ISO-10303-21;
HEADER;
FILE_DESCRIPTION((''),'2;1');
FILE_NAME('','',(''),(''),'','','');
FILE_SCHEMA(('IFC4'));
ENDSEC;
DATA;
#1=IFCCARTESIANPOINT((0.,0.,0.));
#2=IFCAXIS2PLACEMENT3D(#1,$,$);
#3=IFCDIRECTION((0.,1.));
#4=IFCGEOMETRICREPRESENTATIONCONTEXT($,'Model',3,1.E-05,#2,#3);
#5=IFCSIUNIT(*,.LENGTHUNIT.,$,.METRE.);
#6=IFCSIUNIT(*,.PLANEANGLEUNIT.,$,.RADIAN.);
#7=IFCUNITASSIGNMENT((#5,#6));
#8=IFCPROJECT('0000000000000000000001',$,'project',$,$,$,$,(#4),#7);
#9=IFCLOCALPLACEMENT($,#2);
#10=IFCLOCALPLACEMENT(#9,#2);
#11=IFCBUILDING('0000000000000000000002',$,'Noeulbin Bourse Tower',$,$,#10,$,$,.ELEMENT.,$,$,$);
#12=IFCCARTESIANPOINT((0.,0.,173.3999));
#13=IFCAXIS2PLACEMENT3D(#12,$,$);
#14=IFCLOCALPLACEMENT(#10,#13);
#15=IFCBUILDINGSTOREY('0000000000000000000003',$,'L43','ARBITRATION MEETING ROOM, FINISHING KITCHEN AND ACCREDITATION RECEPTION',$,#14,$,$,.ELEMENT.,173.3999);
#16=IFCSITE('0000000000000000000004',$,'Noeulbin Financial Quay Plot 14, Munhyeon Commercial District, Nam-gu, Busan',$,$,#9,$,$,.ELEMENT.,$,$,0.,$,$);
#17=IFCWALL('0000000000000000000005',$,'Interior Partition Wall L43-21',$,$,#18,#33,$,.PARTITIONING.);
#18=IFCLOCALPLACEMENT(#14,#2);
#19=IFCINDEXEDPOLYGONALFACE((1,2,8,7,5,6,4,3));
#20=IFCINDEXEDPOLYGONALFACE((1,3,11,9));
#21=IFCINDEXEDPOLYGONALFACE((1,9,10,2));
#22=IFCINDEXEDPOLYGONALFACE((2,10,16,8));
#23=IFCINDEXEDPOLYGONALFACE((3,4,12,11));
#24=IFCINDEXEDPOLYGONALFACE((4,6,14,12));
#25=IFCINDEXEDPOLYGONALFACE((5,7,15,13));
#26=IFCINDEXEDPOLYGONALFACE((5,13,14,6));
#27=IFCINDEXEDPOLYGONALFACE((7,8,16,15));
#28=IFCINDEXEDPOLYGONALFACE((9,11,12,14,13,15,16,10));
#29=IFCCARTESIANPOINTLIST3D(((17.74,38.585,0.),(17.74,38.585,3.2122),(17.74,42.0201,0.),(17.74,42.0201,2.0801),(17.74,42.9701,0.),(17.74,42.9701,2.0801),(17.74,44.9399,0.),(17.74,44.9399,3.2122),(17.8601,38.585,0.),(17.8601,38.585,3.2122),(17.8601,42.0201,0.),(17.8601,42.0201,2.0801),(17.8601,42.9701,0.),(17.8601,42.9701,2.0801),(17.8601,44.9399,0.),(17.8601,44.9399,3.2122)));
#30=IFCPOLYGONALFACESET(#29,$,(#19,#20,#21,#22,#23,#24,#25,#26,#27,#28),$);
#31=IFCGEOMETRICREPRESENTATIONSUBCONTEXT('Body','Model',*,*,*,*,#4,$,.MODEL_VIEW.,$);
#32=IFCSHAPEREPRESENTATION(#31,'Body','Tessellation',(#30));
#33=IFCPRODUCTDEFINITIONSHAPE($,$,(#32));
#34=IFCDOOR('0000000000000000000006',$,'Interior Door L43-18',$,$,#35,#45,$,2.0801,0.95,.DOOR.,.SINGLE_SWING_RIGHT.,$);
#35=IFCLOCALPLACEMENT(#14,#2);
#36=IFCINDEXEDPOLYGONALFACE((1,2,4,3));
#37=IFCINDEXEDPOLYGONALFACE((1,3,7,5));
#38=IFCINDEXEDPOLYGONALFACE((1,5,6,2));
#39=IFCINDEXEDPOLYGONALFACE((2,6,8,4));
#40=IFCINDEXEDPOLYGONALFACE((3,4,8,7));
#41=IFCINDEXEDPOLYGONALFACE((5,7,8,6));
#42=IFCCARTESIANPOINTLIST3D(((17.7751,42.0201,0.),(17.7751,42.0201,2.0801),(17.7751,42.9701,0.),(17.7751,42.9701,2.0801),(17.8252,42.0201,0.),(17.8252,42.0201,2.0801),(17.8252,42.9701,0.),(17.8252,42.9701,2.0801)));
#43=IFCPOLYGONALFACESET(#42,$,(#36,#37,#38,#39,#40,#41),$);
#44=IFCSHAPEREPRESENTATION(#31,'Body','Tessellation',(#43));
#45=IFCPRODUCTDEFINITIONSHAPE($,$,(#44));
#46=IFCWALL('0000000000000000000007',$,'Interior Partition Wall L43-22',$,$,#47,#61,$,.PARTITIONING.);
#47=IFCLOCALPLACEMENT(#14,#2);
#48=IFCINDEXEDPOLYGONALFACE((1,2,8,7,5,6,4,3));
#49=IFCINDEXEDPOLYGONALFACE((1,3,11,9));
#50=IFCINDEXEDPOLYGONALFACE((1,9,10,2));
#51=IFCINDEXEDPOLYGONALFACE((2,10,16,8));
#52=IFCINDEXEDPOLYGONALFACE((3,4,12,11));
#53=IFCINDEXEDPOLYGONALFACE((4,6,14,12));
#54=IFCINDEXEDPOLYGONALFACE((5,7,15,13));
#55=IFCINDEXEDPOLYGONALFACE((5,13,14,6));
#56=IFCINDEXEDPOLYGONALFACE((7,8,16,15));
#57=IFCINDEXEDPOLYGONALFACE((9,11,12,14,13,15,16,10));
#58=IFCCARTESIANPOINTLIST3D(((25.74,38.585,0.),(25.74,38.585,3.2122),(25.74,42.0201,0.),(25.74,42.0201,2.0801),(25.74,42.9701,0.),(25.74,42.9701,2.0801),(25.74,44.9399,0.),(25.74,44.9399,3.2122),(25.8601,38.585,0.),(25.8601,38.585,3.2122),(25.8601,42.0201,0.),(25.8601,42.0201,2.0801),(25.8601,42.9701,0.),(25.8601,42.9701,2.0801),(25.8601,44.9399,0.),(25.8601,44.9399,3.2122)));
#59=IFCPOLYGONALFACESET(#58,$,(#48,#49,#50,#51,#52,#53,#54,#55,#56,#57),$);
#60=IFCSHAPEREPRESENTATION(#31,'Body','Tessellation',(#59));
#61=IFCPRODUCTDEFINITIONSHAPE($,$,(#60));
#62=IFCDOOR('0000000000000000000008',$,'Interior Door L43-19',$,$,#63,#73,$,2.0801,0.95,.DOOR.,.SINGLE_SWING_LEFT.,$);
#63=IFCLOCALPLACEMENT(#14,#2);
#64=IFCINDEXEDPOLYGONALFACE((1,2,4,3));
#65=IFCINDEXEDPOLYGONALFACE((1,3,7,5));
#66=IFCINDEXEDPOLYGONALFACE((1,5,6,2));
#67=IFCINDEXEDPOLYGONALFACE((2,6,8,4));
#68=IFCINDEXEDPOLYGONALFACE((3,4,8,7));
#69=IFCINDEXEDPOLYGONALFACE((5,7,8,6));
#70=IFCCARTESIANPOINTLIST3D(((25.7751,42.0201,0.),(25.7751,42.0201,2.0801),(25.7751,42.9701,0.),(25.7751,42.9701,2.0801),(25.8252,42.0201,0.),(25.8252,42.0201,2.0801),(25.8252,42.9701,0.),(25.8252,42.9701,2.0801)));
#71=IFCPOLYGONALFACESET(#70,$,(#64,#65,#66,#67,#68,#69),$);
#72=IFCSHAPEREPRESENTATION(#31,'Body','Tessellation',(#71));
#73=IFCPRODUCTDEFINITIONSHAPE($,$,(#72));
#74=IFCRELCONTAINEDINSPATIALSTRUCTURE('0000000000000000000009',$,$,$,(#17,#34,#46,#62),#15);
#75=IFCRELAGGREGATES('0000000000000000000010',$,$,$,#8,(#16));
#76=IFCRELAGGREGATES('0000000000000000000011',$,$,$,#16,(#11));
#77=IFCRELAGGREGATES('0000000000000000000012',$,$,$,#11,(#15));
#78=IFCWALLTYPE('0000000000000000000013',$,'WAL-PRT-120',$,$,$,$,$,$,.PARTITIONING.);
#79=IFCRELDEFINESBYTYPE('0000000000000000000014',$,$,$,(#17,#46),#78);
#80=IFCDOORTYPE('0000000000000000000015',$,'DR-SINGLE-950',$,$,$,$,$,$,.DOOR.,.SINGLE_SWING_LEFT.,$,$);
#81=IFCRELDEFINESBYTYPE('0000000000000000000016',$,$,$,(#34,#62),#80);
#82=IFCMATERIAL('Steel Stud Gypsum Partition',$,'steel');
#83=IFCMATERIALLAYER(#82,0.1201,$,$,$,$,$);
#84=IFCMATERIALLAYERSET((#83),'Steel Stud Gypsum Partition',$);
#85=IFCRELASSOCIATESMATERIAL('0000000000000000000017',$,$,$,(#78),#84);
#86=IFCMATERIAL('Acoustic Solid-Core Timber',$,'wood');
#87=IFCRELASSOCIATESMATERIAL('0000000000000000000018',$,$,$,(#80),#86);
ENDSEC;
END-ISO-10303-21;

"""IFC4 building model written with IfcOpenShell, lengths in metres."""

from ifc_helpers import new_model, si_unit, direction, frame, frame_2d, origin, place, context, subcontext, project, spatial, rectangle, extrude, material, layer, layer_set, type_object, element, fill, save


model = new_model("IFC4")

# Units and contexts
model_context = context("Model", 3, precision=1e-05, world=origin(), true_north=direction((0.0, 1.0)))
body_context = subcontext(model_context, "Body", "Model", "MODEL_VIEW")
ifc_project = project(units=[si_unit("LENGTHUNIT", "METRE"), si_unit("PLANEANGLEUNIT", "RADIAN")], contexts=[model_context])

# Site, building, storey
site_placement = place(None, origin())
site = spatial("IfcSite", under=ifc_project, at=site_placement, Name="Noeulbin Financial Quay Plot 14, Munhyeon Commercial District, Nam-gu, Busan", CompositionType="ELEMENT", RefElevation=0.0)
building_placement = place(site_placement, origin())
building = spatial("IfcBuilding", under=site, at=building_placement, Name="Noeulbin Bourse Tower", CompositionType="ELEMENT")
storey_placement = place(building_placement, frame((0.0, 0.0, 173.3999)))
storey = spatial("IfcBuildingStorey", under=building, at=storey_placement, Name="L43", Description="ARBITRATION MEETING ROOM, FINISHING KITCHEN AND ACCREDITATION RECEPTION", CompositionType="ELEMENT", Elevation=173.3999)

# Walls, openings, doors
ifc_material_1 = material(Name="Steel Stud Gypsum Partition", Category="steel")
ifc_layer_1 = layer(ifc_material_1, 0.1201)
ifc_layer_set_1 = layer_set([ifc_layer_1], Name="Steel Stud Gypsum Partition")
wall_type = type_object("IfcWallType", Name="WAL-PRT-120", PredefinedType="PARTITIONING", material=ifc_layer_set_1)
wall_1_placement = place(storey_placement, frame((17.8, 38.585, 0.0), z_axis=(0.0, 0.0, 1.0), x_axis=(0.0, 1.0, 0.0)))
wall_1 = element("IfcWall", 1, at=wall_1_placement, inside=storey, type_object=wall_type, Name="Interior Partition Wall L43-21", PredefinedType="PARTITIONING", context=body_context, shape_type="SweptSolid", body=[
    extrude(rectangle(XDim=6.355, YDim=0.1201, at=frame_2d((3.1775, 0.0))), origin(), (0.0, 0.0, 1.0), 3.2122),
])
opening_1_placement = place(wall_1_placement, frame((3.4351, 0.0, 0.0)))
opening_1 = element("IfcOpeningElement", 2, at=opening_1_placement, cuts=wall_1, PredefinedType="OPENING", context=body_context, shape_type="SweptSolid", body=[
    extrude(rectangle(XDim=0.95, YDim=2.0801, at=frame_2d((0.4751, 1.04))), frame((0.0, 0.0701, 0.0), z_axis=(0.0, -1.0, 0.0), x_axis=(1.0, 0.0, 0.0)), (0.0, 0.0, 1.0), 0.1401),
])
ifc_material_2 = material(Name="Acoustic Solid-Core Timber", Category="wood")
door_type = type_object("IfcDoorType", Name="DR-SINGLE-950", OperationType="SINGLE_SWING_LEFT", PredefinedType="DOOR", material=ifc_material_2)
door_1_placement = place(opening_1_placement, origin())
door_1 = element("IfcDoor", 3, at=door_1_placement, inside=storey, type_object=door_type, Name="Interior Door L43-18", OperationType="SINGLE_SWING_RIGHT", OverallHeight=2.0801, OverallWidth=0.95, PredefinedType="DOOR", context=body_context, shape_type="SweptSolid", body=[
    extrude(rectangle(XDim=0.95, YDim=2.0801, at=frame_2d((0.4751, 1.04))), frame((0.0, 0.0249, 0.0), z_axis=(0.0, -1.0, 0.0), x_axis=(1.0, 0.0, 0.0)), (0.0, 0.0, 1.0), 0.05),
])
fill(opening_1, door_1)
wall_2_placement = place(storey_placement, frame((25.8, 38.585, 0.0), z_axis=(0.0, 0.0, 1.0), x_axis=(0.0, 1.0, 0.0)))
wall_2 = element("IfcWall", 4, at=wall_2_placement, inside=storey, type_object=wall_type, Name="Interior Partition Wall L43-22", PredefinedType="PARTITIONING", context=body_context, shape_type="SweptSolid", body=[
    extrude(rectangle(XDim=6.355, YDim=0.1201, at=frame_2d((3.1775, 0.0))), origin(), (0.0, 0.0, 1.0), 3.2122),
])
opening_2_placement = place(wall_2_placement, frame((3.4351, 0.0, 0.0)))
opening_2 = element("IfcOpeningElement", 5, at=opening_2_placement, cuts=wall_2, PredefinedType="OPENING", context=body_context, shape_type="SweptSolid", body=[
    extrude(rectangle(XDim=0.95, YDim=2.0801, at=frame_2d((0.4751, 1.04))), frame((0.0, 0.0701, 0.0), z_axis=(0.0, -1.0, 0.0), x_axis=(1.0, 0.0, 0.0)), (0.0, 0.0, 1.0), 0.1401),
])
door_2_placement = place(opening_2_placement, origin())
door_2 = element("IfcDoor", 6, at=door_2_placement, inside=storey, type_object=door_type, Name="Interior Door L43-19", OperationType="SINGLE_SWING_LEFT", OverallHeight=2.0801, OverallWidth=0.95, PredefinedType="DOOR", context=body_context, shape_type="SweptSolid", body=[
    extrude(rectangle(XDim=0.95, YDim=2.0801, at=frame_2d((0.4751, 1.04))), frame((0.0, 0.0249, 0.0), z_axis=(0.0, -1.0, 0.0), x_axis=(1.0, 0.0, 0.0)), (0.0, 0.0, 1.0), 0.05),
])
fill(opening_2, door_2)

save(model, "model.ifc")
